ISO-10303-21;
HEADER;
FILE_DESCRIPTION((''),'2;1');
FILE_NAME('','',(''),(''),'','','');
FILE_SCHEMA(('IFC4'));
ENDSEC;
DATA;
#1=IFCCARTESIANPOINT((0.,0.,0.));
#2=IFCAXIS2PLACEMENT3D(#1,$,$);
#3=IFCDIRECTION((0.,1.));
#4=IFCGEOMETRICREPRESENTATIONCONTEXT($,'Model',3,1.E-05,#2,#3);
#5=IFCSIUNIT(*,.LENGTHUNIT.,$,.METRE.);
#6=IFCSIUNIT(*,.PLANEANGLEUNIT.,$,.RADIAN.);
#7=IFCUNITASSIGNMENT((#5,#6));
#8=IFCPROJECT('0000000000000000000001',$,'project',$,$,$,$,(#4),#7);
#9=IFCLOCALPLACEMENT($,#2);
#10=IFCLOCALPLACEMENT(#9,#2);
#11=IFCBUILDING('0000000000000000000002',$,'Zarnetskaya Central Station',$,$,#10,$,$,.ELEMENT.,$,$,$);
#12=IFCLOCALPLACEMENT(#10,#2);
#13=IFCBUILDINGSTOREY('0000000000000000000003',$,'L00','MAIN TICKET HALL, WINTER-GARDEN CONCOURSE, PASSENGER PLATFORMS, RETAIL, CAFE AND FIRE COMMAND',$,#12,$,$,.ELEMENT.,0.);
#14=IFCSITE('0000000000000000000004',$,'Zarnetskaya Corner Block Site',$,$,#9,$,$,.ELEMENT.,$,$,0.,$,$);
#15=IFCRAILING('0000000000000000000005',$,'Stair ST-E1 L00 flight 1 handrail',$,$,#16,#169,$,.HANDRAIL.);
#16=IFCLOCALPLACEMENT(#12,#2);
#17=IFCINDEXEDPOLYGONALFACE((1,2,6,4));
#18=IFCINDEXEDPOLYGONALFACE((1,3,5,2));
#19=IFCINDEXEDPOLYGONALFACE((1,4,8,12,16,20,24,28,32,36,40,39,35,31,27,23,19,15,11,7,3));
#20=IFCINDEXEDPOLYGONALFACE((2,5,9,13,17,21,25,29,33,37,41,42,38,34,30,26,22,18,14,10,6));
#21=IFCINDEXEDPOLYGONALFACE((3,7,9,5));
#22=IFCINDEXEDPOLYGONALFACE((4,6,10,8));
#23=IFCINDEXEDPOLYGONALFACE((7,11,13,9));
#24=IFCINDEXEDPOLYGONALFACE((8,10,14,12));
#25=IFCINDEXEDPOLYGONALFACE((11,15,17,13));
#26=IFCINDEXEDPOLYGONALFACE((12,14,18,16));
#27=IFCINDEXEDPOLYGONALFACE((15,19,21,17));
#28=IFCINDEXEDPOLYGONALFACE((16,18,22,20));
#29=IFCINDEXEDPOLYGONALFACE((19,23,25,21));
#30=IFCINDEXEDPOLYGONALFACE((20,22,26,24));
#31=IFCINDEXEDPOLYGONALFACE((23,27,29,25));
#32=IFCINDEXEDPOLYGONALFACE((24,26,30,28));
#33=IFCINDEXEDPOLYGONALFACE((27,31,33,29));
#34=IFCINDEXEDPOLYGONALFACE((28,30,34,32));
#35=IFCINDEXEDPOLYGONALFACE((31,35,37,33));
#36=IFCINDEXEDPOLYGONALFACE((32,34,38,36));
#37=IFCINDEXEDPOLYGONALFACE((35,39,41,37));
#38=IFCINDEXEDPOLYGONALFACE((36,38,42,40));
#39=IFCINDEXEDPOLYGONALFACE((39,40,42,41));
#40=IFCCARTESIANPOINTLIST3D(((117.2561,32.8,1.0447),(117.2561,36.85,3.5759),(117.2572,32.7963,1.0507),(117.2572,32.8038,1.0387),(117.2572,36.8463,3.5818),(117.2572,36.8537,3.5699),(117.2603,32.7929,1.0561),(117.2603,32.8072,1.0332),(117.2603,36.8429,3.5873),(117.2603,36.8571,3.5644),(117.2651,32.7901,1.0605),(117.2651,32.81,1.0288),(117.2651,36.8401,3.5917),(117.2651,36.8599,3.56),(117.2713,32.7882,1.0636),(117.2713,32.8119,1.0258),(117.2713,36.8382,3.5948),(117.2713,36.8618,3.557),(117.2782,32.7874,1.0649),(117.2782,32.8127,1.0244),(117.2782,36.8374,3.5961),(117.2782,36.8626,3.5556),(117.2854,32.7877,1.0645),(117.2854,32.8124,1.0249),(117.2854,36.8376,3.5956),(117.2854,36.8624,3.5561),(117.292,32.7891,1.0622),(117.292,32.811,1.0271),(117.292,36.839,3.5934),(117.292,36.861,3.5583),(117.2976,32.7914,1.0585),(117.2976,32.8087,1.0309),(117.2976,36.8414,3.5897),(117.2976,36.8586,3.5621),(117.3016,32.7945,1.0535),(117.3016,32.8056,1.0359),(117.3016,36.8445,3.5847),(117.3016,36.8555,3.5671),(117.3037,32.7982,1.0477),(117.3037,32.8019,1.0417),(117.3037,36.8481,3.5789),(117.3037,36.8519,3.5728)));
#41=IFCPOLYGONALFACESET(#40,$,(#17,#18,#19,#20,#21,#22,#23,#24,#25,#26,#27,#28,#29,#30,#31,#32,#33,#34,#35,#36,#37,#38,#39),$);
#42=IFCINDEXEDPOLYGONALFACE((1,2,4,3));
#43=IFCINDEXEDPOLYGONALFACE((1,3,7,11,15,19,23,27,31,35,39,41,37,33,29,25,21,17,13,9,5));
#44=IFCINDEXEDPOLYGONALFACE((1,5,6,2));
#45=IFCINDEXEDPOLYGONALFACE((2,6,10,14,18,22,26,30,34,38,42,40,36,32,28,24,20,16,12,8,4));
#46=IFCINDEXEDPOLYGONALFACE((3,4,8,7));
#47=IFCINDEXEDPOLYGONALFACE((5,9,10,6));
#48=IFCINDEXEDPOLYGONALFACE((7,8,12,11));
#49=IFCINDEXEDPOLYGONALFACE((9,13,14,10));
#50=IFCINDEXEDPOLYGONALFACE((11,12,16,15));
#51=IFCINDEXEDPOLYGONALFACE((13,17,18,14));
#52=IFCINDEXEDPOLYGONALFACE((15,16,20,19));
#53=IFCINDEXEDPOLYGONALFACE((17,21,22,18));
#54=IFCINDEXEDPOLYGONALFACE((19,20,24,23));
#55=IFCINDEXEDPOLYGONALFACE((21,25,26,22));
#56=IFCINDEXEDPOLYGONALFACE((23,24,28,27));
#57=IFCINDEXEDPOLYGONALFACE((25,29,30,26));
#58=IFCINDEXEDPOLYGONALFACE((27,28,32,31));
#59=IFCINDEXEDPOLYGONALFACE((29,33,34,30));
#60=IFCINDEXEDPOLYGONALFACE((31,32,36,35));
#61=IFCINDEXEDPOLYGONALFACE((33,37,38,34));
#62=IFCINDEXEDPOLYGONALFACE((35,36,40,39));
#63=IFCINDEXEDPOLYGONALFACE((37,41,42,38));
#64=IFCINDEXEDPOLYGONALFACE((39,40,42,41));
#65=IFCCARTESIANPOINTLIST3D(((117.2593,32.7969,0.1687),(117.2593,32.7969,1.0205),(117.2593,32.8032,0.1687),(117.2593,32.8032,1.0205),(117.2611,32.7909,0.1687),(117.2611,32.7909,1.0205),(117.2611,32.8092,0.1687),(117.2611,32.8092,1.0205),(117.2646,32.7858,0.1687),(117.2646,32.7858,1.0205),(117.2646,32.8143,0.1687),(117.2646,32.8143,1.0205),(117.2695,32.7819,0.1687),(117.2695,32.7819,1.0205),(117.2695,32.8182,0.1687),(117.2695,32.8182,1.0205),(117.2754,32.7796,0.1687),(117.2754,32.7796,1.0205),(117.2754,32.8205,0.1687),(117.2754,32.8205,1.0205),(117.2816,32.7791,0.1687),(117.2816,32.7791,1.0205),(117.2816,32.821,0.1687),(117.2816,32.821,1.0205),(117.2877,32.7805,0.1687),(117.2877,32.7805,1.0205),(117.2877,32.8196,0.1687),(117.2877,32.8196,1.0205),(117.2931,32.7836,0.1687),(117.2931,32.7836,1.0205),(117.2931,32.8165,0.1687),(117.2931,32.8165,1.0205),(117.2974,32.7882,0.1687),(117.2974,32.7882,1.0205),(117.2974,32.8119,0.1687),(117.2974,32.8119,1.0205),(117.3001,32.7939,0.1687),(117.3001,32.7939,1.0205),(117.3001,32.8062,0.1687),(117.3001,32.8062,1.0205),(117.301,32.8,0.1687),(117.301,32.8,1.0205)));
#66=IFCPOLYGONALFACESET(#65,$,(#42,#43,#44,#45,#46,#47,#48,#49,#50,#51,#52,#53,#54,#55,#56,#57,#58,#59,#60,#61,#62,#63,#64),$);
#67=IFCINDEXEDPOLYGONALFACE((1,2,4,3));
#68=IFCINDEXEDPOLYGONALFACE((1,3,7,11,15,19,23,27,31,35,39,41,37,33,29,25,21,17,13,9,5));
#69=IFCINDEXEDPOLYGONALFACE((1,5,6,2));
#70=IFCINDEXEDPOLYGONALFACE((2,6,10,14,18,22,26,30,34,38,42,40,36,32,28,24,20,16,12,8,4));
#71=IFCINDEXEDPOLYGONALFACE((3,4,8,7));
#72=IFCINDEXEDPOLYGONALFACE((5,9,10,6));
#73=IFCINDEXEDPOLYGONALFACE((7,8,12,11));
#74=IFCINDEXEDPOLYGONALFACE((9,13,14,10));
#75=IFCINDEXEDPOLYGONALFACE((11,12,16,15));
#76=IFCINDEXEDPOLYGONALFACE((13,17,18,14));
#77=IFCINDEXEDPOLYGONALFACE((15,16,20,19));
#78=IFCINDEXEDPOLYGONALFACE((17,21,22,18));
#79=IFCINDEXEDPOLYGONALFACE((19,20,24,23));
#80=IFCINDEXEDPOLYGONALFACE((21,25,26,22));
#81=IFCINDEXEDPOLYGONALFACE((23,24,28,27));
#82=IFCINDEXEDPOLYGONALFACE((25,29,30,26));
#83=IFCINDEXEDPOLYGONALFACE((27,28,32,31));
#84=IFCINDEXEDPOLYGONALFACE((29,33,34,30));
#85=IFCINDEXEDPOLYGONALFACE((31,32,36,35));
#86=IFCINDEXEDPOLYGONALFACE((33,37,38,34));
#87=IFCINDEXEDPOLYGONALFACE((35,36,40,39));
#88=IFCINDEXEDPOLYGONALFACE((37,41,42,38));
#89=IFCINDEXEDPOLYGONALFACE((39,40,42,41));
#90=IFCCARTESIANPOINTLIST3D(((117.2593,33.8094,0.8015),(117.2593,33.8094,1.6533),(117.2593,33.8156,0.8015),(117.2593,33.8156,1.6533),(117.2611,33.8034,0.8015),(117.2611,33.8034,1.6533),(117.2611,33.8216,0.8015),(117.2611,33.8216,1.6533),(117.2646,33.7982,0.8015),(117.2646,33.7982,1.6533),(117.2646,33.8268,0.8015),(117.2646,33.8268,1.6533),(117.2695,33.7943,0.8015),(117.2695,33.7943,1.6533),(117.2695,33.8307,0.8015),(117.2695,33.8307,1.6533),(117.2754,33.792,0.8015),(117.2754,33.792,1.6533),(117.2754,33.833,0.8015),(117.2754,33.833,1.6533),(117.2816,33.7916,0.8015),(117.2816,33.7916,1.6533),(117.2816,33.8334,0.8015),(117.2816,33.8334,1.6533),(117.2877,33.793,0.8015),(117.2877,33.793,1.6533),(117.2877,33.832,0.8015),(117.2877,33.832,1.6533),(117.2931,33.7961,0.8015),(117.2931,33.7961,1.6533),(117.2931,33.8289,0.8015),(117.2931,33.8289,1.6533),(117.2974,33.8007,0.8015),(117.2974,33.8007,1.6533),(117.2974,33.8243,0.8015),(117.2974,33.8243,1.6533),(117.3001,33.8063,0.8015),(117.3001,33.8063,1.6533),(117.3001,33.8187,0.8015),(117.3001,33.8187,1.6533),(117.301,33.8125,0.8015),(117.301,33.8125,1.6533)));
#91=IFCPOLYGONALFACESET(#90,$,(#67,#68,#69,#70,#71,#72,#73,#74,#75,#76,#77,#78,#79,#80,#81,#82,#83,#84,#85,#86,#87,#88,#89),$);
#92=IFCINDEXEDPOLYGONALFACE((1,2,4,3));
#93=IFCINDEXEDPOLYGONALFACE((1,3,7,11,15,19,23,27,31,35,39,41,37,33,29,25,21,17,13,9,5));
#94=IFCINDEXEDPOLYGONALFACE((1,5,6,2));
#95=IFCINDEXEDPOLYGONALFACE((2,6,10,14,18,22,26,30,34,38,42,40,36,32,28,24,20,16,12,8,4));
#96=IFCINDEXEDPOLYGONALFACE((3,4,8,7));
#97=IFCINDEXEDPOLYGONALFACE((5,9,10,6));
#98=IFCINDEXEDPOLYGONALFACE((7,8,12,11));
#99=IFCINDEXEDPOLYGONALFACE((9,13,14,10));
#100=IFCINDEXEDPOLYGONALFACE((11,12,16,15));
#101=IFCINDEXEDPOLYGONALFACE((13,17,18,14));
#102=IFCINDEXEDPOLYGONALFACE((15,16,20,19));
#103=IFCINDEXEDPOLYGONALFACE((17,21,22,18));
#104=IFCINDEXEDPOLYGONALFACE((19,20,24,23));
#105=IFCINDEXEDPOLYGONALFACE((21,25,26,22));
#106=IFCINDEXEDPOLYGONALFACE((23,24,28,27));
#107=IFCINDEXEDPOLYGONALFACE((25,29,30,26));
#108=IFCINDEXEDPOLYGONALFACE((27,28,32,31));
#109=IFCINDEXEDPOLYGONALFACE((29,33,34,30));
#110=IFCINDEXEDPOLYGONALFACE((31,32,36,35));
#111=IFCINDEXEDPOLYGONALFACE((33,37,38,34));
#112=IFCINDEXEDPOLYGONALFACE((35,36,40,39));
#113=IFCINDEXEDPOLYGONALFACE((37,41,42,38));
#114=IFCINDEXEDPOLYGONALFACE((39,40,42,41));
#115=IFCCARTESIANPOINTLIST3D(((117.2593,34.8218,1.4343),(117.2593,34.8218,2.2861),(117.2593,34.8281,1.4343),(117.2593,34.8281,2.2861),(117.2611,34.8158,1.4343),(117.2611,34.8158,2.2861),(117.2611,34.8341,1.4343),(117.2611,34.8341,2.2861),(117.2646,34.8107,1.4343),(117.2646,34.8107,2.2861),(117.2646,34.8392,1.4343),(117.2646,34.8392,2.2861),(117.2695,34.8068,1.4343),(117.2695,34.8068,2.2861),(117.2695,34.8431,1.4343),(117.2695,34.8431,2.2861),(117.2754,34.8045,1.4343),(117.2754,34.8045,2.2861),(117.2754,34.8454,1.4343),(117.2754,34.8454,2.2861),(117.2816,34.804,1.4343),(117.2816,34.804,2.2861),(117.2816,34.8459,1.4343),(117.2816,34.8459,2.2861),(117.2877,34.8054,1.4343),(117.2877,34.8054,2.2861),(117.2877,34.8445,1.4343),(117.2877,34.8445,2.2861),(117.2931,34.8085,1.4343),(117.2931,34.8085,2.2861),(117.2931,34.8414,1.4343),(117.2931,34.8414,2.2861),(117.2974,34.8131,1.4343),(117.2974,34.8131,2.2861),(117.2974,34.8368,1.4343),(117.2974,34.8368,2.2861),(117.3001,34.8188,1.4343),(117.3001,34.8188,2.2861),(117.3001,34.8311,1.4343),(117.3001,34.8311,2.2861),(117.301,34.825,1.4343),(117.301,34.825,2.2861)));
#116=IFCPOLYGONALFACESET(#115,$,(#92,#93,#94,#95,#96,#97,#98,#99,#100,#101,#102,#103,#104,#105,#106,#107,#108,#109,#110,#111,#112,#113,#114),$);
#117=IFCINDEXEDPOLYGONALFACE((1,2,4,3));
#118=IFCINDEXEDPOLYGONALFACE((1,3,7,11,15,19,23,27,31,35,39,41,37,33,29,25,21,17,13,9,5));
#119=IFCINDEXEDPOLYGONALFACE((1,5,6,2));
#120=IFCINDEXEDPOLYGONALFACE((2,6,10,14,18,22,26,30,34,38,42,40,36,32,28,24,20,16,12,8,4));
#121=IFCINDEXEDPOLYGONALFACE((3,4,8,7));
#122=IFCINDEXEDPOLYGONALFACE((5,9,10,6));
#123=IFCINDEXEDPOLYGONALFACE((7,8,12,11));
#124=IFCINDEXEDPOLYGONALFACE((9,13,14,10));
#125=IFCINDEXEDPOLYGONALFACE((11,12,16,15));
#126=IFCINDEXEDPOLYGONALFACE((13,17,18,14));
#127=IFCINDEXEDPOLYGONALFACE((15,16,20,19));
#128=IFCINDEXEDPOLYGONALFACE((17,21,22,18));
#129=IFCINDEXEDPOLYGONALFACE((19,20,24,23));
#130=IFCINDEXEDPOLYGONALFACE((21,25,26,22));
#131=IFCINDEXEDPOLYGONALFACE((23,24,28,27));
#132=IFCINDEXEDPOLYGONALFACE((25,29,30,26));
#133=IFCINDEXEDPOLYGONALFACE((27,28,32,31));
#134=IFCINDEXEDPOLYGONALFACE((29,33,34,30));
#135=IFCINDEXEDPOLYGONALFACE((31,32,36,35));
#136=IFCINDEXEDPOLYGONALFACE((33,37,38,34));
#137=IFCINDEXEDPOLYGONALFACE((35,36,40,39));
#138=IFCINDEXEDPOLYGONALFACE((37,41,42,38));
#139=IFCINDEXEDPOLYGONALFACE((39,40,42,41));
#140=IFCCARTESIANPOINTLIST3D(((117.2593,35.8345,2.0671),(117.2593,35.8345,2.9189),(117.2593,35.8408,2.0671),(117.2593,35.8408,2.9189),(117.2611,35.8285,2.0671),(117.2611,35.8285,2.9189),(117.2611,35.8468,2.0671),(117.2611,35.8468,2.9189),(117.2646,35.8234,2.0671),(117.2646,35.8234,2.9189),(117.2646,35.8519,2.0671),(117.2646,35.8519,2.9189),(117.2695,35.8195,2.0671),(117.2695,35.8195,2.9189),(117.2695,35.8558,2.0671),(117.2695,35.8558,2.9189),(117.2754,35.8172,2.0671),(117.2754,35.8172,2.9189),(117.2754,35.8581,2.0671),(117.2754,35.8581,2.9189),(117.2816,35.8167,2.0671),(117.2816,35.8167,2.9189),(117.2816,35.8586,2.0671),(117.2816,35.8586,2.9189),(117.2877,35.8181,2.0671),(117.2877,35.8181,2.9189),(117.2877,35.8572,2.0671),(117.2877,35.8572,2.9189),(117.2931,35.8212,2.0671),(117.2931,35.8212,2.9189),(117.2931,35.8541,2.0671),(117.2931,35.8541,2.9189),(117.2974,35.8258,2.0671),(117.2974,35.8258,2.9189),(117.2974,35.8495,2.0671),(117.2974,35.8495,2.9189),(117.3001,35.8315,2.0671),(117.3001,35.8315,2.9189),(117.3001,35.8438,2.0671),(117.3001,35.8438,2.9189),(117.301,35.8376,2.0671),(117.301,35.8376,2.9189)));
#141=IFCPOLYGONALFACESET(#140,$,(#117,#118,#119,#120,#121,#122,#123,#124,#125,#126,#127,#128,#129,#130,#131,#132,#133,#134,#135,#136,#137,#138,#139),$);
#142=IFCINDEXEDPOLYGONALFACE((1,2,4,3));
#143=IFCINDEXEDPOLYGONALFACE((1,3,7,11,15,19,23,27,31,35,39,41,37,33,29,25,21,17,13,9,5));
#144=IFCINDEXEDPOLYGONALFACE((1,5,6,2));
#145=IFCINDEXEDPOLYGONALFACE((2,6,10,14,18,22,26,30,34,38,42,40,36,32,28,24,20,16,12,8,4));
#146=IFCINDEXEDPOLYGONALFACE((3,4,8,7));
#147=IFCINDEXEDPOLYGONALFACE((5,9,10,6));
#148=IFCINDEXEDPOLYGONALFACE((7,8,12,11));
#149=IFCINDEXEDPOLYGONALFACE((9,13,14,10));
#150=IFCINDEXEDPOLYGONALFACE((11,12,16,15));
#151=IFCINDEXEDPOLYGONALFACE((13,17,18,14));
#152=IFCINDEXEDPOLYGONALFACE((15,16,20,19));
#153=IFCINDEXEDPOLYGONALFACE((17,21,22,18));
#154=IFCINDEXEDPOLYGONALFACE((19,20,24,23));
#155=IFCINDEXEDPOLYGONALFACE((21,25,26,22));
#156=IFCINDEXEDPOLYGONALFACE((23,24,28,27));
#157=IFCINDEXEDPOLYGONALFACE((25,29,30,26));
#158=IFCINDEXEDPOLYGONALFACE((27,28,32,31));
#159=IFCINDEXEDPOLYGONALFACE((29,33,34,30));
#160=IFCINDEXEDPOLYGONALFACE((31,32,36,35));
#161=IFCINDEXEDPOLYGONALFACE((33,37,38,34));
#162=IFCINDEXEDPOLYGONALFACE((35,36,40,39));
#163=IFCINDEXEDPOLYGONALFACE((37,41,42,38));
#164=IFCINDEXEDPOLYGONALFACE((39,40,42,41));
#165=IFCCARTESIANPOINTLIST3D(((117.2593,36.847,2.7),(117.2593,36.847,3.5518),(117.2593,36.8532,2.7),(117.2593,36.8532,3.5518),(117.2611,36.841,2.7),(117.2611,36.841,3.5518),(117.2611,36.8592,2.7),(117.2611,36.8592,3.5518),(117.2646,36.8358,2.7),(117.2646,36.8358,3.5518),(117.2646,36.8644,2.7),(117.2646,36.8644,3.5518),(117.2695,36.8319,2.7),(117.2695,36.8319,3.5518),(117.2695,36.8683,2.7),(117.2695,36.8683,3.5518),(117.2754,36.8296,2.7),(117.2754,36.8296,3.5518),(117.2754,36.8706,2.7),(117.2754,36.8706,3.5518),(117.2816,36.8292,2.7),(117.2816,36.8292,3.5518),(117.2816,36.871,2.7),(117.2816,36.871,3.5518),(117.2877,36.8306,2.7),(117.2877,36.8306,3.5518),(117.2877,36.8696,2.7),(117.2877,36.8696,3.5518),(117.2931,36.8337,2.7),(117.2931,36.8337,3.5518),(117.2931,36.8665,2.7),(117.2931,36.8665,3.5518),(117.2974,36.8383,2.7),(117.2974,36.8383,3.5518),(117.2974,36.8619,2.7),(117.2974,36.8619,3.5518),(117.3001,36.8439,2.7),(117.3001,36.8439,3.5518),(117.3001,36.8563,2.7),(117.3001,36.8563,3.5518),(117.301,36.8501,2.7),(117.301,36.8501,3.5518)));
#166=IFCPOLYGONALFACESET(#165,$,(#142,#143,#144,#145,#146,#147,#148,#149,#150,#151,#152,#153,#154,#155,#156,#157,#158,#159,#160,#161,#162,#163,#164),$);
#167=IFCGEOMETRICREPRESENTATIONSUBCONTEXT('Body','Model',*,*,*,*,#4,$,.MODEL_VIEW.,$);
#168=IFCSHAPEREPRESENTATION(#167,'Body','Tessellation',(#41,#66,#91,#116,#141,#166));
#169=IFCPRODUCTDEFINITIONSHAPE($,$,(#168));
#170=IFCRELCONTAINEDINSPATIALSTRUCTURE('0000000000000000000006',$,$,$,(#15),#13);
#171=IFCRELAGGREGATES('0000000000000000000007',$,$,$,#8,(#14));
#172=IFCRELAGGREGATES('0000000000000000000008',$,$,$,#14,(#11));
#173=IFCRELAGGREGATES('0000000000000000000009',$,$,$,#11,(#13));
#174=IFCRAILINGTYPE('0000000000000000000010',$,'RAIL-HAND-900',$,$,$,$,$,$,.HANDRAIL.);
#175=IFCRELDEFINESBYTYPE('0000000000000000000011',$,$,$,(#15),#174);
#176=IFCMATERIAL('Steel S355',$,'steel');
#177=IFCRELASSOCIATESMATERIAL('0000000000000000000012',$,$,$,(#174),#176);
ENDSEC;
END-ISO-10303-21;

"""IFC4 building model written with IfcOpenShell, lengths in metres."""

from ifc_helpers import new_model, si_unit, direction, frame, origin, origin_2d, place, context, subcontext, project, spatial, circle, extrude, material, type_object, element, save


model = new_model("IFC4")

# Units and contexts
model_context = context("Model", 3, precision=1e-05, world=origin(), true_north=direction((0.0, 1.0)))
body_context = subcontext(model_context, "Body", "Model", "MODEL_VIEW")
ifc_project = project(units=[si_unit("LENGTHUNIT", "METRE"), si_unit("PLANEANGLEUNIT", "RADIAN")], contexts=[model_context])

# Site, building, storey
site_placement = place(None, origin())
site = spatial("IfcSite", under=ifc_project, at=site_placement, Name="Zarnetskaya Corner Block Site", CompositionType="ELEMENT", RefElevation=0.0)
building_placement = place(site_placement, origin())
building = spatial("IfcBuilding", under=site, at=building_placement, Name="Zarnetskaya Central Station", CompositionType="ELEMENT")
storey_placement = place(building_placement, origin())
storey = spatial("IfcBuildingStorey", under=building, at=storey_placement, Name="L00", Description="MAIN TICKET HALL, WINTER-GARDEN CONCOURSE, PASSENGER PLATFORMS, RETAIL, CAFE AND FIRE COMMAND", CompositionType="ELEMENT", Elevation=0.0)

# Shared definitions
ifc_material_1 = material(Name="Steel S355", Category="steel")

# Railing
railing_type_1 = type_object("IfcRailingType", Name="RAIL-HAND-900", PredefinedType="HANDRAIL", material=ifc_material_1)
for number, where, name in (
    (1, (117.28, 32.8, 0.1687), "Stair ST-E1 L00 flight 1 handrail"),
):
    element("IfcRailing", number, at=place(storey_placement, frame(where)), inside=storey, type_object=railing_type_1, Name=name, PredefinedType="HANDRAIL", context=body_context, shape_type="SweptSolid", body=[
        extrude(circle(Radius=0.0239, at=origin_2d()), frame((0.0, 0.0, 0.876), z_axis=(0.0, 0.848001, 0.529994), x_axis=(-1.0, 0.0, 0.0)), (0.0, 0.0, 1.0), 4.7759),
        extrude(circle(Radius=0.021, at=origin_2d()), origin(), (0.0, 0.0, 1.0), 0.8518),
        extrude(circle(Radius=0.021, at=origin_2d()), frame((0.0, 1.0125, 0.6328)), (0.0, 0.0, 1.0), 0.8518),
        extrude(circle(Radius=0.021, at=origin_2d()), frame((0.0, 2.0249, 1.2656)), (0.0, 0.0, 1.0), 0.8518),
        extrude(circle(Radius=0.021, at=origin_2d()), frame((0.0, 3.0376, 1.8984)), (0.0, 0.0, 1.0), 0.8518),
        extrude(circle(Radius=0.021, at=origin_2d()), frame((0.0, 4.05, 2.5312)), (0.0, 0.0, 1.0), 0.8518),
    ])

save(model, "model.ifc")
